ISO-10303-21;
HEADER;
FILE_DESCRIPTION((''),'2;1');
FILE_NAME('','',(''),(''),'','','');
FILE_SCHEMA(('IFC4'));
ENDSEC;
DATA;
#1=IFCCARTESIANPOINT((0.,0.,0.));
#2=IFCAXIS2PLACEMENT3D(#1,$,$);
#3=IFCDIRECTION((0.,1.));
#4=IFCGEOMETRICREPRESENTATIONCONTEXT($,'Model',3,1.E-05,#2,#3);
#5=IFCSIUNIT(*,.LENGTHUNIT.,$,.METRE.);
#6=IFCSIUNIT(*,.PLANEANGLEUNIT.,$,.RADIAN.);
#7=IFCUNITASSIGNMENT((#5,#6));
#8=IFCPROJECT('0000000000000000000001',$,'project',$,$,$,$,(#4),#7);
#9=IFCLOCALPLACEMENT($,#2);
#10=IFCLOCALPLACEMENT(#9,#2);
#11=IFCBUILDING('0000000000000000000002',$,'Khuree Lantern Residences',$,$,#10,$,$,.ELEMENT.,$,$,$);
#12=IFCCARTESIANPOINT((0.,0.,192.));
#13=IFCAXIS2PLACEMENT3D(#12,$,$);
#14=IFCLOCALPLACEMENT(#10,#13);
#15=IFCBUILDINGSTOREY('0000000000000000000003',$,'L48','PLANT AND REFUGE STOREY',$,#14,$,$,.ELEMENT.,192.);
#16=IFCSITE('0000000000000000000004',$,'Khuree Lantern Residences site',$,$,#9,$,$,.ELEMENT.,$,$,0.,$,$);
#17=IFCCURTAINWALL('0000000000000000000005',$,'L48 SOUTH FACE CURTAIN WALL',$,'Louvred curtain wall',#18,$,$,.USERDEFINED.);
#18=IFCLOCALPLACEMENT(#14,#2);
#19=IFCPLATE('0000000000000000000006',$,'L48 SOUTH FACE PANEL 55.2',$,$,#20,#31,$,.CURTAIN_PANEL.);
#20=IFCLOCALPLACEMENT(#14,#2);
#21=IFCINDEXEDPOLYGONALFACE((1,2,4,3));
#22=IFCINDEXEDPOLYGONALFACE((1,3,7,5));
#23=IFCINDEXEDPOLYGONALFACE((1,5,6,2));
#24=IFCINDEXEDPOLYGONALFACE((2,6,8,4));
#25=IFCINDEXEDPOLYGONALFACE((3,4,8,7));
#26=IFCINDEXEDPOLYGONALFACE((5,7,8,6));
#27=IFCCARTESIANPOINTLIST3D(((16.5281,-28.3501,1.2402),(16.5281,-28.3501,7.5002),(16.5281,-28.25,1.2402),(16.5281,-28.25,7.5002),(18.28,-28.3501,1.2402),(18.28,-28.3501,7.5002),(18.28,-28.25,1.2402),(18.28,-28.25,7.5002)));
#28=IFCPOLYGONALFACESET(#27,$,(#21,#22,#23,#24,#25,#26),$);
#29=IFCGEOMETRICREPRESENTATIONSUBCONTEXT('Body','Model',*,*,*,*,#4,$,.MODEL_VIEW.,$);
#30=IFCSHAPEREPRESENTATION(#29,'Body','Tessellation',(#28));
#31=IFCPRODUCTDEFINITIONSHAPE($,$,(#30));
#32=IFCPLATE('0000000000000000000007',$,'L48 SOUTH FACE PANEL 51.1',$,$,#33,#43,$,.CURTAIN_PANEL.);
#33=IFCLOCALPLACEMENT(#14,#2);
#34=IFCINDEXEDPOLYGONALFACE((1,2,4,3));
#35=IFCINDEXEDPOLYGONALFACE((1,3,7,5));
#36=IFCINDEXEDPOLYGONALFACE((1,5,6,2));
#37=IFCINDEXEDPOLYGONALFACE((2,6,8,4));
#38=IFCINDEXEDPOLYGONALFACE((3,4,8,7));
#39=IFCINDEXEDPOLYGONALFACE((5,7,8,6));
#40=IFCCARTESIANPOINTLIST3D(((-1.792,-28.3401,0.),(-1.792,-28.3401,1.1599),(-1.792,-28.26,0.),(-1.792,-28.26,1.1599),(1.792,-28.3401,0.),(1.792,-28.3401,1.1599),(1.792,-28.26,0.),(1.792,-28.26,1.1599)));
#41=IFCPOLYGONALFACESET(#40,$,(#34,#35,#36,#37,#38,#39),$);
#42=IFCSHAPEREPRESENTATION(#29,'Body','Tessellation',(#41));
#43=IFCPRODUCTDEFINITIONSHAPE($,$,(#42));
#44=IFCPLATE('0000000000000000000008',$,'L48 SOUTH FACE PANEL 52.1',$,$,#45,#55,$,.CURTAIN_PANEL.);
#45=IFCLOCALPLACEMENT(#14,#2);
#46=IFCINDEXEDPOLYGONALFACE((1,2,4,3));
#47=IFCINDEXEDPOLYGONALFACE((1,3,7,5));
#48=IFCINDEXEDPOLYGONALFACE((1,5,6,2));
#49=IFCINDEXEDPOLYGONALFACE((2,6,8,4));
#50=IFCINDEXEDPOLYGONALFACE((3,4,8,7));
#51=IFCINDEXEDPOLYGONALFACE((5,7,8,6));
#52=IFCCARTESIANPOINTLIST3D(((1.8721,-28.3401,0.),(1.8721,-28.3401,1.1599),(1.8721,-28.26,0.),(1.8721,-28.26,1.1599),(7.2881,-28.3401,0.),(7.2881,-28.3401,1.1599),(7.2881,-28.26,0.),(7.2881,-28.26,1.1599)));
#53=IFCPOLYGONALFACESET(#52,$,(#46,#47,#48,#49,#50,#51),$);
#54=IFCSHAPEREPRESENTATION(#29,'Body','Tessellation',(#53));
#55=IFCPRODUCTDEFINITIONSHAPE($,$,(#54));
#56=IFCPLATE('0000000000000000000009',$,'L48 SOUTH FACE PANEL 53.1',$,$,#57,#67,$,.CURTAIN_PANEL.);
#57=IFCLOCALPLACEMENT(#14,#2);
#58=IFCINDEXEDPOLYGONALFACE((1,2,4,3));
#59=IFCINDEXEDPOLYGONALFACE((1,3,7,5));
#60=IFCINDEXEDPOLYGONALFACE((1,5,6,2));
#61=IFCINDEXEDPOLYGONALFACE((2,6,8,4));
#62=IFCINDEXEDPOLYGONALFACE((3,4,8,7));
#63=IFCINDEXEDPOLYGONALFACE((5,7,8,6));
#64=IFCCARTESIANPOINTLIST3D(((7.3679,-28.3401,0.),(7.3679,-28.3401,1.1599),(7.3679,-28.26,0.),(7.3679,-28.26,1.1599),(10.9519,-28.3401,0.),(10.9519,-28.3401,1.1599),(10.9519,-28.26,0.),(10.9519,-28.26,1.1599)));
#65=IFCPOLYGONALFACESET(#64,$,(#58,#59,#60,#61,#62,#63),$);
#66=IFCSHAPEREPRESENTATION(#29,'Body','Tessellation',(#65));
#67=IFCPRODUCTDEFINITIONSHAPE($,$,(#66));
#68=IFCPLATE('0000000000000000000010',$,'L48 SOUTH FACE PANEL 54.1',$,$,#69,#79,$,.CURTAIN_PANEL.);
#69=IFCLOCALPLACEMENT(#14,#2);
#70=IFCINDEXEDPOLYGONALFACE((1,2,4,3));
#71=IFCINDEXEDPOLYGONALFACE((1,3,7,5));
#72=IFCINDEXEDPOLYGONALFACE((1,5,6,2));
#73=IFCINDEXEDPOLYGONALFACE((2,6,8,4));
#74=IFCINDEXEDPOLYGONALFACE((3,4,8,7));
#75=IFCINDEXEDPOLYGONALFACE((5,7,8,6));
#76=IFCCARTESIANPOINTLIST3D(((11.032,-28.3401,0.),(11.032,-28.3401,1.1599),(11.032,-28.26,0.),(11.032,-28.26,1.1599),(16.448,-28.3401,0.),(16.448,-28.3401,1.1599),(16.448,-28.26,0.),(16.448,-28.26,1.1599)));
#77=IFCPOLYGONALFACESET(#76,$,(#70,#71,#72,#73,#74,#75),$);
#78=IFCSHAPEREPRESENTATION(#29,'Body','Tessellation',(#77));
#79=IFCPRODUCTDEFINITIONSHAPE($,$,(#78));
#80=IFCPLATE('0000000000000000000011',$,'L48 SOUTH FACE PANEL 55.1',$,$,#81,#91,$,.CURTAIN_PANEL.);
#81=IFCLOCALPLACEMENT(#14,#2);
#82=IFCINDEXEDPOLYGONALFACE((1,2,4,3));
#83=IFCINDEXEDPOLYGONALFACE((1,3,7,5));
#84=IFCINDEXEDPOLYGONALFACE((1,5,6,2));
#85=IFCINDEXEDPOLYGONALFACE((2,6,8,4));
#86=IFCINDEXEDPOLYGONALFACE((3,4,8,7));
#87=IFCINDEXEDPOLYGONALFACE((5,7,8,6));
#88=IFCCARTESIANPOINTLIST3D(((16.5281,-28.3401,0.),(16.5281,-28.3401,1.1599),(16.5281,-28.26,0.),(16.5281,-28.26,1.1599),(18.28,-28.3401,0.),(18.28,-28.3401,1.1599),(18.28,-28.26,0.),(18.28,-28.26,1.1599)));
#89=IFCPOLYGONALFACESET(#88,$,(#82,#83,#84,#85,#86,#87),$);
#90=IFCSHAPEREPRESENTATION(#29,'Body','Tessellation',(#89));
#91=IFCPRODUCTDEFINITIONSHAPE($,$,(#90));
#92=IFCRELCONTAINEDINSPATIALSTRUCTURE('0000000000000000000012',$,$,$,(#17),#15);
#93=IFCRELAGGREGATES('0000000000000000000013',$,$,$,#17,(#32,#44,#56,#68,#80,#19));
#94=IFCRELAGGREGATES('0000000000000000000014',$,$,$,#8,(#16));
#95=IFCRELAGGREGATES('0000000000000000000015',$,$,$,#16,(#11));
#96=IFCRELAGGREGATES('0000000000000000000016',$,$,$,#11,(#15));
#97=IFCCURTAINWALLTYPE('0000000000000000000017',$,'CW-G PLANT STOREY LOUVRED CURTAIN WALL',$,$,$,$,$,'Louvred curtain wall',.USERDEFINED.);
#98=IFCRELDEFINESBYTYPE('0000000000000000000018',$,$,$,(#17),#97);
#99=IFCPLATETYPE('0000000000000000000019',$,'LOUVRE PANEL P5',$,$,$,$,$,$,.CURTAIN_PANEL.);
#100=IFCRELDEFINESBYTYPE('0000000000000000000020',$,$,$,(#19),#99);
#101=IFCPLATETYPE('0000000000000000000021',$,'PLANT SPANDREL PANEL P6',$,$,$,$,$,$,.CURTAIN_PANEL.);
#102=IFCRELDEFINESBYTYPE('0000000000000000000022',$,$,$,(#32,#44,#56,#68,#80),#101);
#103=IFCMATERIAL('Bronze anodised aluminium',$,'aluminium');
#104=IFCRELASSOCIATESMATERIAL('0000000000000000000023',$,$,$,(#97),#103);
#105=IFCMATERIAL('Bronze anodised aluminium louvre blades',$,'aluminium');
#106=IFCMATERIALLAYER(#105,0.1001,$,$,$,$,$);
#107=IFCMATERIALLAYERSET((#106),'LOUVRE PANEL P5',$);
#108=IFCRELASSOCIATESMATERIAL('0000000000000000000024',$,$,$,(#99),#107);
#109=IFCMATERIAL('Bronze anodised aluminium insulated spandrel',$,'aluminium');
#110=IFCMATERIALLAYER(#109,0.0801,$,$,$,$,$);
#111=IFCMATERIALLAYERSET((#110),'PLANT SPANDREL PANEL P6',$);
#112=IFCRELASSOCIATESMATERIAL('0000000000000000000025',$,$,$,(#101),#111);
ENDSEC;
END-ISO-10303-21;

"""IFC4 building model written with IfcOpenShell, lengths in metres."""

from ifc_helpers import new_model, si_unit, direction, frame, origin, origin_2d, place, context, subcontext, project, spatial, rectangle, extrude, material, layer, layer_set, type_object, element, aggregate, save


model = new_model("IFC4")

# Units and contexts
model_context = context("Model", 3, precision=1e-05, world=origin(), true_north=direction((0.0, 1.0)))
body_context = subcontext(model_context, "Body", "Model", "MODEL_VIEW")
ifc_project = project(units=[si_unit("LENGTHUNIT", "METRE"), si_unit("PLANEANGLEUNIT", "RADIAN")], contexts=[model_context])

# Site, building, storey
site_placement = place(None, origin())
site = spatial("IfcSite", under=ifc_project, at=site_placement, Name="Khuree Lantern Residences site", CompositionType="ELEMENT", RefElevation=0.0)
building_placement = place(site_placement, origin())
building = spatial("IfcBuilding", under=site, at=building_placement, Name="Khuree Lantern Residences", CompositionType="ELEMENT")
storey_placement = place(building_placement, frame((0.0, 0.0, 192.0)))
storey = spatial("IfcBuildingStorey", under=building, at=storey_placement, Name="L48", Description="PLANT AND REFUGE STOREY", CompositionType="ELEMENT", Elevation=192.0)

# Curtain wall
ifc_material_1 = material(Name="Bronze anodised aluminium", Category="aluminium")
curtain_wall_type = type_object("IfcCurtainWallType", Name="CW-G PLANT STOREY LOUVRED CURTAIN WALL", ElementType="Louvred curtain wall", PredefinedType="USERDEFINED", material=ifc_material_1)
curtain_wall_placement = place(storey_placement, origin())
curtain_wall = element("IfcCurtainWall", 1, at=curtain_wall_placement, inside=storey, type_object=curtain_wall_type, Name="L48 SOUTH FACE CURTAIN WALL", ObjectType="Louvred curtain wall", PredefinedType="USERDEFINED")

# Plates
ifc_material_2 = material(Name="Bronze anodised aluminium louvre blades", Category="aluminium")
ifc_layer_1 = layer(ifc_material_2, 0.1001)
ifc_layer_set_1 = layer_set([ifc_layer_1], Name="LOUVRE PANEL P5")
plate_type_1 = type_object("IfcPlateType", Name="LOUVRE PANEL P5", PredefinedType="CURTAIN_PANEL", material=ifc_layer_set_1)
plate_1_placement = place(storey_placement, frame((17.4041, -28.3, 1.2402), z_axis=(0.0, 0.0, 1.0), x_axis=(1.0, 0.0, 0.0)))
plate_1 = element("IfcPlate", 2, at=plate_1_placement, type_object=plate_type_1, Name="L48 SOUTH FACE PANEL 55.2", PredefinedType="CURTAIN_PANEL", context=body_context, shape_type="SweptSolid", body=[
    extrude(rectangle(XDim=1.752, YDim=0.1001, at=origin_2d()), origin(), (0.0, 0.0, 1.0), 6.26),
])
ifc_material_3 = material(Name="Bronze anodised aluminium insulated spandrel", Category="aluminium")
ifc_layer_2 = layer(ifc_material_3, 0.0801)
ifc_layer_set_2 = layer_set([ifc_layer_2], Name="PLANT SPANDREL PANEL P6")
plate_type_2 = type_object("IfcPlateType", Name="PLANT SPANDREL PANEL P6", PredefinedType="CURTAIN_PANEL", material=ifc_layer_set_2)
plate_2_placement = place(storey_placement, frame((0.0, -28.3, 0.0), z_axis=(0.0, 0.0, 1.0), x_axis=(1.0, 0.0, 0.0)))
plate_2 = element("IfcPlate", 3, at=plate_2_placement, type_object=plate_type_2, Name="L48 SOUTH FACE PANEL 51.1", PredefinedType="CURTAIN_PANEL", context=body_context, shape_type="SweptSolid", body=[
    extrude(rectangle(XDim=3.584, YDim=0.0801, at=origin_2d()), origin(), (0.0, 0.0, 1.0), 1.1599),
])
plate_3_placement = place(storey_placement, frame((4.5801, -28.3, 0.0), z_axis=(0.0, 0.0, 1.0), x_axis=(1.0, 0.0, 0.0)))
plate_3 = element("IfcPlate", 4, at=plate_3_placement, type_object=plate_type_2, Name="L48 SOUTH FACE PANEL 52.1", PredefinedType="CURTAIN_PANEL", context=body_context, shape_type="SweptSolid", body=[
    extrude(rectangle(XDim=5.416, YDim=0.0801, at=origin_2d()), origin(), (0.0, 0.0, 1.0), 1.1599),
])
plate_4_placement = place(storey_placement, frame((9.1599, -28.3, 0.0), z_axis=(0.0, 0.0, 1.0), x_axis=(1.0, 0.0, 0.0)))
plate_4 = element("IfcPlate", 5, at=plate_4_placement, type_object=plate_type_2, Name="L48 SOUTH FACE PANEL 53.1", PredefinedType="CURTAIN_PANEL", context=body_context, shape_type="SweptSolid", body=[
    extrude(rectangle(XDim=3.584, YDim=0.0801, at=origin_2d()), origin(), (0.0, 0.0, 1.0), 1.1599),
])
plate_5_placement = place(storey_placement, frame((13.74, -28.3, 0.0), z_axis=(0.0, 0.0, 1.0), x_axis=(1.0, 0.0, 0.0)))
plate_5 = element("IfcPlate", 6, at=plate_5_placement, type_object=plate_type_2, Name="L48 SOUTH FACE PANEL 54.1", PredefinedType="CURTAIN_PANEL", context=body_context, shape_type="SweptSolid", body=[
    extrude(rectangle(XDim=5.416, YDim=0.0801, at=origin_2d()), origin(), (0.0, 0.0, 1.0), 1.1599),
])
plate_6_placement = place(storey_placement, frame((17.4041, -28.3, 0.0), z_axis=(0.0, 0.0, 1.0), x_axis=(1.0, 0.0, 0.0)))
plate_6 = element("IfcPlate", 7, at=plate_6_placement, type_object=plate_type_2, Name="L48 SOUTH FACE PANEL 55.1", PredefinedType="CURTAIN_PANEL", context=body_context, shape_type="SweptSolid", body=[
    extrude(rectangle(XDim=1.752, YDim=0.0801, at=origin_2d()), origin(), (0.0, 0.0, 1.0), 1.1599),
])
aggregate(curtain_wall, [plate_2, plate_3, plate_4, plate_5, plate_6, plate_1])

save(model, "model.ifc")
